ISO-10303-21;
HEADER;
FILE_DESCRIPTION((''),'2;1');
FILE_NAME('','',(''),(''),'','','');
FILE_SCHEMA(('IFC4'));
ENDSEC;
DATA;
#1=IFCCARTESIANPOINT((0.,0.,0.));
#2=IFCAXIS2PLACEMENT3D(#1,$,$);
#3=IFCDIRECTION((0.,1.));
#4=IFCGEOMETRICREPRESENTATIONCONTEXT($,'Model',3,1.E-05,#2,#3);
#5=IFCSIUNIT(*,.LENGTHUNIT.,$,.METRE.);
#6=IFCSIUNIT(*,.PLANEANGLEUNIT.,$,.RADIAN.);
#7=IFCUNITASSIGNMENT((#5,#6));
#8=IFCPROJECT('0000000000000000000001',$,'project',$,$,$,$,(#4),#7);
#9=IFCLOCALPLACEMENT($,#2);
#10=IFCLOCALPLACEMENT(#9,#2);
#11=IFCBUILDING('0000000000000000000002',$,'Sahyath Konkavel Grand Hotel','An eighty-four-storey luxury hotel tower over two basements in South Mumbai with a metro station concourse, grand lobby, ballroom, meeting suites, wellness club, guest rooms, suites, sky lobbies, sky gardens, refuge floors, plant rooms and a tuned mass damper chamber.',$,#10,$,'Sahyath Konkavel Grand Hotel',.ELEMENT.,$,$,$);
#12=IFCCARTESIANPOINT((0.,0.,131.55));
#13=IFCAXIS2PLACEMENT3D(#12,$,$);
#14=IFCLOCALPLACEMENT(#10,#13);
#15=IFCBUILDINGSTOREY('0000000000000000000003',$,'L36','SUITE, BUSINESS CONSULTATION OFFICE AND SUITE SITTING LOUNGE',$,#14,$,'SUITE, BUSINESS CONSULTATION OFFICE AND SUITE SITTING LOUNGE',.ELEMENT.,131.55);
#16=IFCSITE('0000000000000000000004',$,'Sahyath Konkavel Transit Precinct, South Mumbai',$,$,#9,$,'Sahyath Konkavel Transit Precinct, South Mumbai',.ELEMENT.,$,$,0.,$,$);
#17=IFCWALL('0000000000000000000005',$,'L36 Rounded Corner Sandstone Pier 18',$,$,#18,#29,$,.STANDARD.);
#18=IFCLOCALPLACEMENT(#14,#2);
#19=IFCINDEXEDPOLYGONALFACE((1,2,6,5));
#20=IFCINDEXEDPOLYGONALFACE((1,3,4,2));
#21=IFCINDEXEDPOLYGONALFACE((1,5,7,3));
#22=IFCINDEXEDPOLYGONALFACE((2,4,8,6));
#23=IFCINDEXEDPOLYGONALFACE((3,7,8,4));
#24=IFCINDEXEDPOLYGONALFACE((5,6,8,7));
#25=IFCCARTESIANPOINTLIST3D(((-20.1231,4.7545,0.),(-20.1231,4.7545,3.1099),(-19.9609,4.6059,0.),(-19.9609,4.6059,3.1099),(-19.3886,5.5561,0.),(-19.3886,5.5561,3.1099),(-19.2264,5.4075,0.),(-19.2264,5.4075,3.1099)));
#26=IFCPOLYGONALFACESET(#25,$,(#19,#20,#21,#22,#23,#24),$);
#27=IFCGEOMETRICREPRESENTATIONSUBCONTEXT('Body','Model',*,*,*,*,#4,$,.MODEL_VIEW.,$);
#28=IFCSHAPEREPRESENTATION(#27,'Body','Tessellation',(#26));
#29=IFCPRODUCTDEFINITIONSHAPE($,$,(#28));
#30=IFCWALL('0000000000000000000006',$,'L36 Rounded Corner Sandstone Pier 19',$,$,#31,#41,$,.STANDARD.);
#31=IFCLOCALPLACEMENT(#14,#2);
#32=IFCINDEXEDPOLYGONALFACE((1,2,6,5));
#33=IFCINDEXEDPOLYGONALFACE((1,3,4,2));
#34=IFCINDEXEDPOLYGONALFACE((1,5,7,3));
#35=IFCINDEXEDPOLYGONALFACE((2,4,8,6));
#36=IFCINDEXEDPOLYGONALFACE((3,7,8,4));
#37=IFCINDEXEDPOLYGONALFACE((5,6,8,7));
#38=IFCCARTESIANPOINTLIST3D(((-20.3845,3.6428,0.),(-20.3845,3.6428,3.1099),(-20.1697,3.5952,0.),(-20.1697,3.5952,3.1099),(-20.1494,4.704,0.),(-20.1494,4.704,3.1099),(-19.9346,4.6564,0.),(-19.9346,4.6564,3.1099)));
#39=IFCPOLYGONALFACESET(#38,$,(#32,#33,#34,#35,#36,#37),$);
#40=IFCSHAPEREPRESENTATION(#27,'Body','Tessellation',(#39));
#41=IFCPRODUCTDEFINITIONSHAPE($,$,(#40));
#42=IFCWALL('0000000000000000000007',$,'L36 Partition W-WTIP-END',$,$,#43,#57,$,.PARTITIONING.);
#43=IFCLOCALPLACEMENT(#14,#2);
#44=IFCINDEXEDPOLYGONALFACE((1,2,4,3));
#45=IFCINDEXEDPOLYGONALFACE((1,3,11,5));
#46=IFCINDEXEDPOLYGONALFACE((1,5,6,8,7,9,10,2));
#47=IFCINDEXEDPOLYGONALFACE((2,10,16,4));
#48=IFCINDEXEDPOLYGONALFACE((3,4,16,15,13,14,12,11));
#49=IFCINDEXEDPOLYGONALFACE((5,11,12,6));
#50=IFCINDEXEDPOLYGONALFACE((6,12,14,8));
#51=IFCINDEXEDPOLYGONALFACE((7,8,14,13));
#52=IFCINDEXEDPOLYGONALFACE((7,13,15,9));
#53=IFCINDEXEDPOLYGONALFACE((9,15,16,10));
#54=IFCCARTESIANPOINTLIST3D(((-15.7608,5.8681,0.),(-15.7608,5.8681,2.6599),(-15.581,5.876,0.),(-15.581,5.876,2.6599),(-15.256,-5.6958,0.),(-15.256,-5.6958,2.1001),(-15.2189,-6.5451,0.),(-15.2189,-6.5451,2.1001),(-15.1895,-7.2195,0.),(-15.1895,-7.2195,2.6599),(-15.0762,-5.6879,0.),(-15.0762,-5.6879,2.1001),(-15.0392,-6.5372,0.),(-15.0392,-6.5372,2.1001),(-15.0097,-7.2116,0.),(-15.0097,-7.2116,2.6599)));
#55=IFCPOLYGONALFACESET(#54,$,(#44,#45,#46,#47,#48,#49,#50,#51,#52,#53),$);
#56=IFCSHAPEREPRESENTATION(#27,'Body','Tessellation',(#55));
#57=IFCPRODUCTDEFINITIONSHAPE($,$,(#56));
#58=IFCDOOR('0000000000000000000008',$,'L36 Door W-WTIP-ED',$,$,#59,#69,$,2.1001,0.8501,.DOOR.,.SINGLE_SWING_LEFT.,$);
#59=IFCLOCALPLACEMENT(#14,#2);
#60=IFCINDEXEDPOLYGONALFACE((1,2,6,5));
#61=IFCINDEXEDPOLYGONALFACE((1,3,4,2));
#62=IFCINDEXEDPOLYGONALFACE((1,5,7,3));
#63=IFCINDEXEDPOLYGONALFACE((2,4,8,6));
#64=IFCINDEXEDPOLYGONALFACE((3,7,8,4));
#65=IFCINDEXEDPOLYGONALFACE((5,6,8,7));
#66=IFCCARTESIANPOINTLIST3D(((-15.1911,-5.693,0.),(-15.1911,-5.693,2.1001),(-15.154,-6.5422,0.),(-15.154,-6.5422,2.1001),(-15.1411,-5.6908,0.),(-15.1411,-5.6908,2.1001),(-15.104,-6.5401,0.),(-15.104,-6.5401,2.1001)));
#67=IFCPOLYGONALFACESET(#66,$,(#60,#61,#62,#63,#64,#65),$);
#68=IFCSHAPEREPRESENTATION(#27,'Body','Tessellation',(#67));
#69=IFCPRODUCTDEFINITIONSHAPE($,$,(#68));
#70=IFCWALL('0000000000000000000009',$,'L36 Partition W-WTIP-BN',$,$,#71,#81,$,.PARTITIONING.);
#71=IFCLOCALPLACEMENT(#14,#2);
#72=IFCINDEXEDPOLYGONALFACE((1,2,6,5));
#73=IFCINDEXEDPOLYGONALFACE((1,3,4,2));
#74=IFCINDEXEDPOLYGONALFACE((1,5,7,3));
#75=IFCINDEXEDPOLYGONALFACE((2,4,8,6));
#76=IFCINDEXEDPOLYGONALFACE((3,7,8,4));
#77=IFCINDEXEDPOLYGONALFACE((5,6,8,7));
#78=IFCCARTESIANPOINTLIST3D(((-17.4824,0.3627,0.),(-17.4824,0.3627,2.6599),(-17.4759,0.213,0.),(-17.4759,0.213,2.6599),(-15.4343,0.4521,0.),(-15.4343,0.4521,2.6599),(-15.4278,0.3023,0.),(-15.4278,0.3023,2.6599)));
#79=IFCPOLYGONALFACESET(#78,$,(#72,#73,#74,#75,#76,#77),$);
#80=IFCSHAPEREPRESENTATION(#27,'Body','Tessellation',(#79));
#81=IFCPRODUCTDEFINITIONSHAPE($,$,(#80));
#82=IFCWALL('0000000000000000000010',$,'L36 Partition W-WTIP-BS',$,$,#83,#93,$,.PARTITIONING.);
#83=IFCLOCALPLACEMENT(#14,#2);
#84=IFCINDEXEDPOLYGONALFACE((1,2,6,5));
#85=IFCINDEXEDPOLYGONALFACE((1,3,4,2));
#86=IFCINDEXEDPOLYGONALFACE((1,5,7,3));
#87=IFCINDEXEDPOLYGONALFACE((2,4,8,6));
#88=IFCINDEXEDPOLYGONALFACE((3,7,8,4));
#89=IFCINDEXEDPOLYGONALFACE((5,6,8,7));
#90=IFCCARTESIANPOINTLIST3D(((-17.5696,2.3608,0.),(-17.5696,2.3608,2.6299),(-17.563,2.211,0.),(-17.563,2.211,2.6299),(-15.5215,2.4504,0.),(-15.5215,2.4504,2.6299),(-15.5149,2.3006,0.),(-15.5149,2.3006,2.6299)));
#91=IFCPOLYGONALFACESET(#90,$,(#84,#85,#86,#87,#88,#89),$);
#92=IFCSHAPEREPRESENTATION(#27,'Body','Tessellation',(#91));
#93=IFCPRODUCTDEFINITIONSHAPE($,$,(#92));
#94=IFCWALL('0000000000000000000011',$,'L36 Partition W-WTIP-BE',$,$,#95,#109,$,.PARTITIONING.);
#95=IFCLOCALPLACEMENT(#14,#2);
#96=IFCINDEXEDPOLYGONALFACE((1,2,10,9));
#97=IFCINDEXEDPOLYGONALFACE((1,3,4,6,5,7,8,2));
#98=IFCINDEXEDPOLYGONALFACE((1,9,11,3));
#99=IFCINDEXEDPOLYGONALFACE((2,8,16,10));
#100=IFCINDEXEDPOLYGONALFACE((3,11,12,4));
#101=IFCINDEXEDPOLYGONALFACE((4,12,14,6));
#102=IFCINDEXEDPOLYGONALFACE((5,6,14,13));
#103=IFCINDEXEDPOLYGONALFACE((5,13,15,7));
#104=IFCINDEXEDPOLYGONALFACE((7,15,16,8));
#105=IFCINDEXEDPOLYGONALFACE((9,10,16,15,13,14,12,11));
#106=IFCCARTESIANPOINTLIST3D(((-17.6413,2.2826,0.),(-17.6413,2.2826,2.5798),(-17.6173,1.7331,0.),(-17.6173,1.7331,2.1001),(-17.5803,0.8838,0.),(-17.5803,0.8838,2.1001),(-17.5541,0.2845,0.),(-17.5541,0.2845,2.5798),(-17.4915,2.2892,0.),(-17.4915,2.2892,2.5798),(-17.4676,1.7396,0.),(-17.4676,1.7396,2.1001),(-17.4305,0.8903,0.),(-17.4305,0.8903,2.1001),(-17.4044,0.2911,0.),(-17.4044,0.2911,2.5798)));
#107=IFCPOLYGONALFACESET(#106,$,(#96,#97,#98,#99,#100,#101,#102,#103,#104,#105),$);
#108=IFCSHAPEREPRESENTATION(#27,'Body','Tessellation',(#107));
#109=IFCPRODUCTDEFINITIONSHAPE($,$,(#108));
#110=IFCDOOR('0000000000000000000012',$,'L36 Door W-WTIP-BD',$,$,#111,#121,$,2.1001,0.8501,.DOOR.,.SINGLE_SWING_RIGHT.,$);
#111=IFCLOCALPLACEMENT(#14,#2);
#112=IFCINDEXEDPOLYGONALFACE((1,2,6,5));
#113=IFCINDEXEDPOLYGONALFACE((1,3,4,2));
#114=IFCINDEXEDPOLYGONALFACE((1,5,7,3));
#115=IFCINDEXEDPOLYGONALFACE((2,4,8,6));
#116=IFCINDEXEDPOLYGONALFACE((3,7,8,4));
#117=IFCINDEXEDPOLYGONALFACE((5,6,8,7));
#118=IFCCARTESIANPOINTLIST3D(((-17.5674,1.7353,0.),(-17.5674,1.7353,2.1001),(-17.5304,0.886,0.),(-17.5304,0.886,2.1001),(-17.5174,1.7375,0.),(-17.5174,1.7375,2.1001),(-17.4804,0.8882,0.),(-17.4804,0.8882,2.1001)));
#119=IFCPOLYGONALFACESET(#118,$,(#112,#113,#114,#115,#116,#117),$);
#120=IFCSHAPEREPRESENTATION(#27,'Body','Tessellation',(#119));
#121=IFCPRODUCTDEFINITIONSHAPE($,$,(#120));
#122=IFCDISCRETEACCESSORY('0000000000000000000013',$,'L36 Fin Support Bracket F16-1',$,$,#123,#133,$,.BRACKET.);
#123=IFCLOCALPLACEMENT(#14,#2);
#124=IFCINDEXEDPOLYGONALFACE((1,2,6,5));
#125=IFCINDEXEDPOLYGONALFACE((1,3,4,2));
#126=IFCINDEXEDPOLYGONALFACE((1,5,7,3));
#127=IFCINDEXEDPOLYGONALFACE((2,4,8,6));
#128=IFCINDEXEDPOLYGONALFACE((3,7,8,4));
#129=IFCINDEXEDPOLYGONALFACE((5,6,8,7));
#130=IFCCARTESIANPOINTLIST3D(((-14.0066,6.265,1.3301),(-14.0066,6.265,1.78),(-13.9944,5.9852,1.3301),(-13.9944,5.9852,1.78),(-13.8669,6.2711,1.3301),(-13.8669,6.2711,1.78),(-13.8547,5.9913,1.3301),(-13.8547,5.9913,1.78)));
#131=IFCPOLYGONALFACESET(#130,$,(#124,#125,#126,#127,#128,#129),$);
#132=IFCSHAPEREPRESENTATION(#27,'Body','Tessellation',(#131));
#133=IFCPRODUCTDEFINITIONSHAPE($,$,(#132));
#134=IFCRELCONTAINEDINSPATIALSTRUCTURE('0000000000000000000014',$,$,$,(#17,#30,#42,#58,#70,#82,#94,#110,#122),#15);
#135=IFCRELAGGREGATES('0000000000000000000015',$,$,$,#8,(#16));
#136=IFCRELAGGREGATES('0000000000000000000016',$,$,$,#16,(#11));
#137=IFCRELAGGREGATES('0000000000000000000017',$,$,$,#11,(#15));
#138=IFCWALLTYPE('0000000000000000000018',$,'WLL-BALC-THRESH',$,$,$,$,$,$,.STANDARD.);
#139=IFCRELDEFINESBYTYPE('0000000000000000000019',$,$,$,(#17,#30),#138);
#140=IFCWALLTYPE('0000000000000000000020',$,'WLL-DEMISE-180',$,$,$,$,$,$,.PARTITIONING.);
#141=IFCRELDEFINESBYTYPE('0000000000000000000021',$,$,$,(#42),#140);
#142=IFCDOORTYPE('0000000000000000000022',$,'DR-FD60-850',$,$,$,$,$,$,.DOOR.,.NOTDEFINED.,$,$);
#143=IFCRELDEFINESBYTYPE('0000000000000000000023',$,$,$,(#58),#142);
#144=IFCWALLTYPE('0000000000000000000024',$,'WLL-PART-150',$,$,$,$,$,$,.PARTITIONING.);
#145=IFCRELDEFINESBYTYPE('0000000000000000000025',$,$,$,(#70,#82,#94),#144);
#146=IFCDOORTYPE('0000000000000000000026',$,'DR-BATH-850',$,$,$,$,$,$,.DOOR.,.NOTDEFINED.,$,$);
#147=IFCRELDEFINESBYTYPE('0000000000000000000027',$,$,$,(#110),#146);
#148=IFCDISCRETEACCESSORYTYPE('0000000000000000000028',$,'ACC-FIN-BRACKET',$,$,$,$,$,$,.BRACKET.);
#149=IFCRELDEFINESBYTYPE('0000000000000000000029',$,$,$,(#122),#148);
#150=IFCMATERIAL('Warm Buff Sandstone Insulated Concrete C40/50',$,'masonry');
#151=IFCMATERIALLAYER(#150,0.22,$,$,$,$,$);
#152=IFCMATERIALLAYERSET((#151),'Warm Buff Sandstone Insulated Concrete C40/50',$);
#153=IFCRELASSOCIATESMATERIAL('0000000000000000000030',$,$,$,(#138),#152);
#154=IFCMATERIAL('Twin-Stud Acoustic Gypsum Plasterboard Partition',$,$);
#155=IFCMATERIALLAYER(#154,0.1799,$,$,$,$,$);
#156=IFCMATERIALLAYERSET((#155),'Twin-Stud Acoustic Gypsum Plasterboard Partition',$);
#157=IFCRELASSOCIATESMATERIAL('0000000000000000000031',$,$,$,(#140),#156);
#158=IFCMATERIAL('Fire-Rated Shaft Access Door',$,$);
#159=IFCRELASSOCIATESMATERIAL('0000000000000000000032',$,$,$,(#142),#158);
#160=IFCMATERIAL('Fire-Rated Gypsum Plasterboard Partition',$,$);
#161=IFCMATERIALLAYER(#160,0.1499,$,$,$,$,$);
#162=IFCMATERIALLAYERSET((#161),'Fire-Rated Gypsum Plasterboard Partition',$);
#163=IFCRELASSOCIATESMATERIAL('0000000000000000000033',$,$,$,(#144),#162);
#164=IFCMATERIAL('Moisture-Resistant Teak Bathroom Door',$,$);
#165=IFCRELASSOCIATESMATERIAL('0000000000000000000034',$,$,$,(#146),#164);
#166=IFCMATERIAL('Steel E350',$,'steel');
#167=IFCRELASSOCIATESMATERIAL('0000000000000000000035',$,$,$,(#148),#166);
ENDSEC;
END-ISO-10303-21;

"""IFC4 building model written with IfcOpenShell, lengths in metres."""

from ifc_helpers import new_model, si_unit, direction, frame, frame_2d, origin, origin_2d, place, context, subcontext, project, spatial, rectangle, extrude, source, transform, mapped, material, layer, layer_set, type_object, element, fill, save


model = new_model("IFC4")

# Units and contexts
model_context = context("Model", 3, precision=1e-05, world=origin(), true_north=direction((0.0, 1.0)))
body_context = subcontext(model_context, "Body", "Model", "MODEL_VIEW")
ifc_project = project(units=[si_unit("LENGTHUNIT", "METRE"), si_unit("PLANEANGLEUNIT", "RADIAN")], contexts=[model_context])

# Site, building, storey
site_placement = place(None, origin())
site = spatial("IfcSite", under=ifc_project, at=site_placement, Name="Sahyath Konkavel Transit Precinct, South Mumbai", LongName="Sahyath Konkavel Transit Precinct, South Mumbai", CompositionType="ELEMENT", RefElevation=0.0)
building_placement = place(site_placement, origin())
building = spatial("IfcBuilding", under=site, at=building_placement, Name="Sahyath Konkavel Grand Hotel", Description="An eighty-four-storey luxury hotel tower over two basements in South Mumbai with a metro station concourse, grand lobby, ballroom, meeting suites, wellness club, guest rooms, suites, sky lobbies, sky gardens, refuge floors, plant rooms and a tuned mass damper chamber.", LongName="Sahyath Konkavel Grand Hotel", CompositionType="ELEMENT")
storey_placement = place(building_placement, frame((0.0, 0.0, 131.55)))
storey = spatial("IfcBuildingStorey", under=building, at=storey_placement, Name="L36", Description="SUITE, BUSINESS CONSULTATION OFFICE AND SUITE SITTING LOUNGE", LongName="SUITE, BUSINESS CONSULTATION OFFICE AND SUITE SITTING LOUNGE", CompositionType="ELEMENT", Elevation=131.55)

# Shared definitions
ifc_material_1 = material(Name="Steel E350", Category="steel")

# Walls
ifc_material_2 = material(Name="Warm Buff Sandstone Insulated Concrete C40/50", Category="masonry")
ifc_layer_1 = layer(ifc_material_2, 0.22)
ifc_layer_set_1 = layer_set([ifc_layer_1], Name="Warm Buff Sandstone Insulated Concrete C40/50")
wall_type_1 = type_object("IfcWallType", Name="WLL-BALC-THRESH", PredefinedType="STANDARD", material=ifc_layer_set_1)
for number, where, z_axis, x_axis, name in (
    (1, (-19.3076, 5.4817, 0.0), (0.0, 0.0, 1.0), (-0.675552, -0.737313, 0.0), "L36 Rounded Corner Sandstone Pier 18"),
):
    element("IfcWall", number, at=place(storey_placement, frame(where, z_axis=z_axis, x_axis=x_axis)), inside=storey, type_object=wall_type_1, Name=name, PredefinedType="STANDARD", context=body_context, shape_type="SweptSolid", body=[
        extrude(rectangle(XDim=1.0872, YDim=0.22, at=frame_2d((0.5435, 0.0))), origin(), (0.0, 0.0, 1.0), 3.1099),
    ])
wall_1_placement = place(storey_placement, frame((-20.042, 4.6802, 0.0), z_axis=(0.0, 0.0, 1.0), x_axis=(-0.216288, -0.97633, 0.0)))
element("IfcWall", 2, at=wall_1_placement, inside=storey, type_object=wall_type_1, Name="L36 Rounded Corner Sandstone Pier 19", PredefinedType="STANDARD", context=body_context, shape_type="SweptSolid", body=[
    extrude(rectangle(XDim=1.0869, YDim=0.22, at=frame_2d((0.5435, 0.0))), origin(), (0.0, 0.0, 1.0), 3.1099),
])

# Wall, opening, door
ifc_material_3 = material(Name="Twin-Stud Acoustic Gypsum Plasterboard Partition")
ifc_layer_2 = layer(ifc_material_3, 0.1799)
ifc_layer_set_2 = layer_set([ifc_layer_2], Name="Twin-Stud Acoustic Gypsum Plasterboard Partition")
wall_type_2 = type_object("IfcWallType", Name="WLL-DEMISE-180", PredefinedType="PARTITIONING", material=ifc_layer_set_2)
wall_2_placement = place(storey_placement, frame((-15.6709, 5.8721, 0.0), z_axis=(0.0, 0.0, 1.0), x_axis=(0.043609, -0.999049, 0.0)))
wall_2 = element("IfcWall", 3, at=wall_2_placement, inside=storey, type_object=wall_type_2, Name="L36 Partition W-WTIP-END", PredefinedType="PARTITIONING", context=body_context, shape_type="SweptSolid", body=[
    extrude(rectangle(XDim=13.1001, YDim=0.1799, at=frame_2d((6.55, 0.0))), origin(), (0.0, 0.0, 1.0), 2.6599),
])
opening_1_placement = place(wall_2_placement, frame((11.575, 0.0, 0.0)))
opening_1 = element("IfcOpeningElement", 4, at=opening_1_placement, cuts=wall_2, PredefinedType="OPENING", context=body_context, shape_type="SweptSolid", body=[
    extrude(rectangle(XDim=0.8501, YDim=2.1001, at=frame_2d((0.425, 1.05))), frame((0.0, 0.1001, 0.0), z_axis=(0.0, -1.0, 0.0), x_axis=(1.0, 0.0, 0.0)), (0.0, 0.0, 1.0), 0.2),
])
ifc_material_4 = material(Name="Fire-Rated Shaft Access Door")
door_type_1 = type_object("IfcDoorType", Name="DR-FD60-850", OperationType="NOTDEFINED", PredefinedType="DOOR", material=ifc_material_4)
shared_shape_1 = source(origin(), body_context, "Body", "SweptSolid", [
    extrude(rectangle(XDim=0.8501, YDim=0.05, at=origin_2d()), origin(), (0.0, 0.0, 1.0), 2.1001),
])
door_1_placement = place(opening_1_placement, frame((0.425, 0.0, 0.0)))
door_1 = element("IfcDoor", 5, at=door_1_placement, inside=storey, type_object=door_type_1, Name="L36 Door W-WTIP-ED", OperationType="SINGLE_SWING_LEFT", OverallHeight=2.1001, OverallWidth=0.8501, PredefinedType="DOOR", context=body_context, shape_type="MappedRepresentation", body=[
    mapped(shared_shape_1, transform((0.0, 0.0, 0.0), scale=1.0)),
])
fill(opening_1, door_1)

# Walls
ifc_material_5 = material(Name="Fire-Rated Gypsum Plasterboard Partition")
ifc_layer_3 = layer(ifc_material_5, 0.1499)
ifc_layer_set_3 = layer_set([ifc_layer_3], Name="Fire-Rated Gypsum Plasterboard Partition")
wall_type_3 = type_object("IfcWallType", Name="WLL-PART-150", PredefinedType="PARTITIONING", material=ifc_layer_set_3)
wall_3_placement = place(storey_placement, frame((-15.4312, 0.3772, 0.0), z_axis=(0.0, 0.0, 1.0), x_axis=(-0.99905, -0.043587, 0.0)))
element("IfcWall", 6, at=wall_3_placement, inside=storey, type_object=wall_type_3, Name="L36 Partition W-WTIP-BN", PredefinedType="PARTITIONING", context=body_context, shape_type="SweptSolid", body=[
    extrude(rectangle(XDim=2.05, YDim=0.1499, at=frame_2d((1.0249, 0.0))), origin(), (0.0, 0.0, 1.0), 2.6599),
])
wall_4_placement = place(storey_placement, frame((-15.5183, 2.3755, 0.0), z_axis=(0.0, 0.0, 1.0), x_axis=(-0.999044, -0.043706, 0.0)))
element("IfcWall", 7, at=wall_4_placement, inside=storey, type_object=wall_type_3, Name="L36 Partition W-WTIP-BS", PredefinedType="PARTITIONING", context=body_context, shape_type="SweptSolid", body=[
    extrude(rectangle(XDim=2.05, YDim=0.1499, at=frame_2d((1.0249, 0.0))), origin(), (0.0, 0.0, 1.0), 2.6299),
])

# Wall, opening, door
wall_5_placement = place(storey_placement, frame((-17.5664, 2.2859, 0.0), z_axis=(0.0, 0.0, 1.0), x_axis=(0.04358, -0.99905, 0.0)))
wall_5 = element("IfcWall", 8, at=wall_5_placement, inside=storey, type_object=wall_type_3, Name="L36 Partition W-WTIP-BE", PredefinedType="PARTITIONING", context=body_context, shape_type="SweptSolid", body=[
    extrude(rectangle(XDim=2.0, YDim=0.1499, at=frame_2d((1.0, 0.0))), origin(), (0.0, 0.0, 1.0), 2.5798),
])
opening_2_placement = place(wall_5_placement, frame((0.55, 0.0, 0.0)))
opening_2 = element("IfcOpeningElement", 9, at=opening_2_placement, cuts=wall_5, PredefinedType="OPENING", context=body_context, shape_type="SweptSolid", body=[
    extrude(rectangle(XDim=0.8501, YDim=2.1001, at=frame_2d((0.425, 1.05))), frame((0.0, 0.085, 0.0), z_axis=(0.0, -1.0, 0.0), x_axis=(1.0, 0.0, 0.0)), (0.0, 0.0, 1.0), 0.1699),
])
ifc_material_6 = material(Name="Moisture-Resistant Teak Bathroom Door")
door_type_2 = type_object("IfcDoorType", Name="DR-BATH-850", OperationType="NOTDEFINED", PredefinedType="DOOR", material=ifc_material_6)
door_2_placement = place(opening_2_placement, frame((0.425, 0.0, 0.0)))
door_2 = element("IfcDoor", 10, at=door_2_placement, inside=storey, type_object=door_type_2, Name="L36 Door W-WTIP-BD", OperationType="SINGLE_SWING_RIGHT", OverallHeight=2.1001, OverallWidth=0.8501, PredefinedType="DOOR", context=body_context, shape_type="MappedRepresentation", body=[
    mapped(shared_shape_1, transform((0.0, 0.0, 0.0), scale=1.0)),
])
fill(opening_2, door_2)

# Discrete accessory
discrete_accessory_type = type_object("IfcDiscreteAccessoryType", Name="ACC-FIN-BRACKET", PredefinedType="BRACKET", material=ifc_material_1)
shared_shape_2 = source(origin(), body_context, "Body", "SweptSolid", [
    extrude(rectangle(XDim=0.28, YDim=0.1399, at=origin_2d()), origin(), (0.0, 0.0, 1.0), 0.45),
])
discrete_accessory_placement = place(storey_placement, frame((-13.9307, 6.1282, 1.3301), z_axis=(0.0, 0.0, 1.0), x_axis=(-0.043602, 0.999049, 0.0)))
element("IfcDiscreteAccessory", 11, at=discrete_accessory_placement, inside=storey, type_object=discrete_accessory_type, Name="L36 Fin Support Bracket F16-1", PredefinedType="BRACKET", context=body_context, shape_type="MappedRepresentation", body=[
    mapped(shared_shape_2, transform((0.0, 0.0, 0.0), scale=1.0)),
])

save(model, "model.ifc")
